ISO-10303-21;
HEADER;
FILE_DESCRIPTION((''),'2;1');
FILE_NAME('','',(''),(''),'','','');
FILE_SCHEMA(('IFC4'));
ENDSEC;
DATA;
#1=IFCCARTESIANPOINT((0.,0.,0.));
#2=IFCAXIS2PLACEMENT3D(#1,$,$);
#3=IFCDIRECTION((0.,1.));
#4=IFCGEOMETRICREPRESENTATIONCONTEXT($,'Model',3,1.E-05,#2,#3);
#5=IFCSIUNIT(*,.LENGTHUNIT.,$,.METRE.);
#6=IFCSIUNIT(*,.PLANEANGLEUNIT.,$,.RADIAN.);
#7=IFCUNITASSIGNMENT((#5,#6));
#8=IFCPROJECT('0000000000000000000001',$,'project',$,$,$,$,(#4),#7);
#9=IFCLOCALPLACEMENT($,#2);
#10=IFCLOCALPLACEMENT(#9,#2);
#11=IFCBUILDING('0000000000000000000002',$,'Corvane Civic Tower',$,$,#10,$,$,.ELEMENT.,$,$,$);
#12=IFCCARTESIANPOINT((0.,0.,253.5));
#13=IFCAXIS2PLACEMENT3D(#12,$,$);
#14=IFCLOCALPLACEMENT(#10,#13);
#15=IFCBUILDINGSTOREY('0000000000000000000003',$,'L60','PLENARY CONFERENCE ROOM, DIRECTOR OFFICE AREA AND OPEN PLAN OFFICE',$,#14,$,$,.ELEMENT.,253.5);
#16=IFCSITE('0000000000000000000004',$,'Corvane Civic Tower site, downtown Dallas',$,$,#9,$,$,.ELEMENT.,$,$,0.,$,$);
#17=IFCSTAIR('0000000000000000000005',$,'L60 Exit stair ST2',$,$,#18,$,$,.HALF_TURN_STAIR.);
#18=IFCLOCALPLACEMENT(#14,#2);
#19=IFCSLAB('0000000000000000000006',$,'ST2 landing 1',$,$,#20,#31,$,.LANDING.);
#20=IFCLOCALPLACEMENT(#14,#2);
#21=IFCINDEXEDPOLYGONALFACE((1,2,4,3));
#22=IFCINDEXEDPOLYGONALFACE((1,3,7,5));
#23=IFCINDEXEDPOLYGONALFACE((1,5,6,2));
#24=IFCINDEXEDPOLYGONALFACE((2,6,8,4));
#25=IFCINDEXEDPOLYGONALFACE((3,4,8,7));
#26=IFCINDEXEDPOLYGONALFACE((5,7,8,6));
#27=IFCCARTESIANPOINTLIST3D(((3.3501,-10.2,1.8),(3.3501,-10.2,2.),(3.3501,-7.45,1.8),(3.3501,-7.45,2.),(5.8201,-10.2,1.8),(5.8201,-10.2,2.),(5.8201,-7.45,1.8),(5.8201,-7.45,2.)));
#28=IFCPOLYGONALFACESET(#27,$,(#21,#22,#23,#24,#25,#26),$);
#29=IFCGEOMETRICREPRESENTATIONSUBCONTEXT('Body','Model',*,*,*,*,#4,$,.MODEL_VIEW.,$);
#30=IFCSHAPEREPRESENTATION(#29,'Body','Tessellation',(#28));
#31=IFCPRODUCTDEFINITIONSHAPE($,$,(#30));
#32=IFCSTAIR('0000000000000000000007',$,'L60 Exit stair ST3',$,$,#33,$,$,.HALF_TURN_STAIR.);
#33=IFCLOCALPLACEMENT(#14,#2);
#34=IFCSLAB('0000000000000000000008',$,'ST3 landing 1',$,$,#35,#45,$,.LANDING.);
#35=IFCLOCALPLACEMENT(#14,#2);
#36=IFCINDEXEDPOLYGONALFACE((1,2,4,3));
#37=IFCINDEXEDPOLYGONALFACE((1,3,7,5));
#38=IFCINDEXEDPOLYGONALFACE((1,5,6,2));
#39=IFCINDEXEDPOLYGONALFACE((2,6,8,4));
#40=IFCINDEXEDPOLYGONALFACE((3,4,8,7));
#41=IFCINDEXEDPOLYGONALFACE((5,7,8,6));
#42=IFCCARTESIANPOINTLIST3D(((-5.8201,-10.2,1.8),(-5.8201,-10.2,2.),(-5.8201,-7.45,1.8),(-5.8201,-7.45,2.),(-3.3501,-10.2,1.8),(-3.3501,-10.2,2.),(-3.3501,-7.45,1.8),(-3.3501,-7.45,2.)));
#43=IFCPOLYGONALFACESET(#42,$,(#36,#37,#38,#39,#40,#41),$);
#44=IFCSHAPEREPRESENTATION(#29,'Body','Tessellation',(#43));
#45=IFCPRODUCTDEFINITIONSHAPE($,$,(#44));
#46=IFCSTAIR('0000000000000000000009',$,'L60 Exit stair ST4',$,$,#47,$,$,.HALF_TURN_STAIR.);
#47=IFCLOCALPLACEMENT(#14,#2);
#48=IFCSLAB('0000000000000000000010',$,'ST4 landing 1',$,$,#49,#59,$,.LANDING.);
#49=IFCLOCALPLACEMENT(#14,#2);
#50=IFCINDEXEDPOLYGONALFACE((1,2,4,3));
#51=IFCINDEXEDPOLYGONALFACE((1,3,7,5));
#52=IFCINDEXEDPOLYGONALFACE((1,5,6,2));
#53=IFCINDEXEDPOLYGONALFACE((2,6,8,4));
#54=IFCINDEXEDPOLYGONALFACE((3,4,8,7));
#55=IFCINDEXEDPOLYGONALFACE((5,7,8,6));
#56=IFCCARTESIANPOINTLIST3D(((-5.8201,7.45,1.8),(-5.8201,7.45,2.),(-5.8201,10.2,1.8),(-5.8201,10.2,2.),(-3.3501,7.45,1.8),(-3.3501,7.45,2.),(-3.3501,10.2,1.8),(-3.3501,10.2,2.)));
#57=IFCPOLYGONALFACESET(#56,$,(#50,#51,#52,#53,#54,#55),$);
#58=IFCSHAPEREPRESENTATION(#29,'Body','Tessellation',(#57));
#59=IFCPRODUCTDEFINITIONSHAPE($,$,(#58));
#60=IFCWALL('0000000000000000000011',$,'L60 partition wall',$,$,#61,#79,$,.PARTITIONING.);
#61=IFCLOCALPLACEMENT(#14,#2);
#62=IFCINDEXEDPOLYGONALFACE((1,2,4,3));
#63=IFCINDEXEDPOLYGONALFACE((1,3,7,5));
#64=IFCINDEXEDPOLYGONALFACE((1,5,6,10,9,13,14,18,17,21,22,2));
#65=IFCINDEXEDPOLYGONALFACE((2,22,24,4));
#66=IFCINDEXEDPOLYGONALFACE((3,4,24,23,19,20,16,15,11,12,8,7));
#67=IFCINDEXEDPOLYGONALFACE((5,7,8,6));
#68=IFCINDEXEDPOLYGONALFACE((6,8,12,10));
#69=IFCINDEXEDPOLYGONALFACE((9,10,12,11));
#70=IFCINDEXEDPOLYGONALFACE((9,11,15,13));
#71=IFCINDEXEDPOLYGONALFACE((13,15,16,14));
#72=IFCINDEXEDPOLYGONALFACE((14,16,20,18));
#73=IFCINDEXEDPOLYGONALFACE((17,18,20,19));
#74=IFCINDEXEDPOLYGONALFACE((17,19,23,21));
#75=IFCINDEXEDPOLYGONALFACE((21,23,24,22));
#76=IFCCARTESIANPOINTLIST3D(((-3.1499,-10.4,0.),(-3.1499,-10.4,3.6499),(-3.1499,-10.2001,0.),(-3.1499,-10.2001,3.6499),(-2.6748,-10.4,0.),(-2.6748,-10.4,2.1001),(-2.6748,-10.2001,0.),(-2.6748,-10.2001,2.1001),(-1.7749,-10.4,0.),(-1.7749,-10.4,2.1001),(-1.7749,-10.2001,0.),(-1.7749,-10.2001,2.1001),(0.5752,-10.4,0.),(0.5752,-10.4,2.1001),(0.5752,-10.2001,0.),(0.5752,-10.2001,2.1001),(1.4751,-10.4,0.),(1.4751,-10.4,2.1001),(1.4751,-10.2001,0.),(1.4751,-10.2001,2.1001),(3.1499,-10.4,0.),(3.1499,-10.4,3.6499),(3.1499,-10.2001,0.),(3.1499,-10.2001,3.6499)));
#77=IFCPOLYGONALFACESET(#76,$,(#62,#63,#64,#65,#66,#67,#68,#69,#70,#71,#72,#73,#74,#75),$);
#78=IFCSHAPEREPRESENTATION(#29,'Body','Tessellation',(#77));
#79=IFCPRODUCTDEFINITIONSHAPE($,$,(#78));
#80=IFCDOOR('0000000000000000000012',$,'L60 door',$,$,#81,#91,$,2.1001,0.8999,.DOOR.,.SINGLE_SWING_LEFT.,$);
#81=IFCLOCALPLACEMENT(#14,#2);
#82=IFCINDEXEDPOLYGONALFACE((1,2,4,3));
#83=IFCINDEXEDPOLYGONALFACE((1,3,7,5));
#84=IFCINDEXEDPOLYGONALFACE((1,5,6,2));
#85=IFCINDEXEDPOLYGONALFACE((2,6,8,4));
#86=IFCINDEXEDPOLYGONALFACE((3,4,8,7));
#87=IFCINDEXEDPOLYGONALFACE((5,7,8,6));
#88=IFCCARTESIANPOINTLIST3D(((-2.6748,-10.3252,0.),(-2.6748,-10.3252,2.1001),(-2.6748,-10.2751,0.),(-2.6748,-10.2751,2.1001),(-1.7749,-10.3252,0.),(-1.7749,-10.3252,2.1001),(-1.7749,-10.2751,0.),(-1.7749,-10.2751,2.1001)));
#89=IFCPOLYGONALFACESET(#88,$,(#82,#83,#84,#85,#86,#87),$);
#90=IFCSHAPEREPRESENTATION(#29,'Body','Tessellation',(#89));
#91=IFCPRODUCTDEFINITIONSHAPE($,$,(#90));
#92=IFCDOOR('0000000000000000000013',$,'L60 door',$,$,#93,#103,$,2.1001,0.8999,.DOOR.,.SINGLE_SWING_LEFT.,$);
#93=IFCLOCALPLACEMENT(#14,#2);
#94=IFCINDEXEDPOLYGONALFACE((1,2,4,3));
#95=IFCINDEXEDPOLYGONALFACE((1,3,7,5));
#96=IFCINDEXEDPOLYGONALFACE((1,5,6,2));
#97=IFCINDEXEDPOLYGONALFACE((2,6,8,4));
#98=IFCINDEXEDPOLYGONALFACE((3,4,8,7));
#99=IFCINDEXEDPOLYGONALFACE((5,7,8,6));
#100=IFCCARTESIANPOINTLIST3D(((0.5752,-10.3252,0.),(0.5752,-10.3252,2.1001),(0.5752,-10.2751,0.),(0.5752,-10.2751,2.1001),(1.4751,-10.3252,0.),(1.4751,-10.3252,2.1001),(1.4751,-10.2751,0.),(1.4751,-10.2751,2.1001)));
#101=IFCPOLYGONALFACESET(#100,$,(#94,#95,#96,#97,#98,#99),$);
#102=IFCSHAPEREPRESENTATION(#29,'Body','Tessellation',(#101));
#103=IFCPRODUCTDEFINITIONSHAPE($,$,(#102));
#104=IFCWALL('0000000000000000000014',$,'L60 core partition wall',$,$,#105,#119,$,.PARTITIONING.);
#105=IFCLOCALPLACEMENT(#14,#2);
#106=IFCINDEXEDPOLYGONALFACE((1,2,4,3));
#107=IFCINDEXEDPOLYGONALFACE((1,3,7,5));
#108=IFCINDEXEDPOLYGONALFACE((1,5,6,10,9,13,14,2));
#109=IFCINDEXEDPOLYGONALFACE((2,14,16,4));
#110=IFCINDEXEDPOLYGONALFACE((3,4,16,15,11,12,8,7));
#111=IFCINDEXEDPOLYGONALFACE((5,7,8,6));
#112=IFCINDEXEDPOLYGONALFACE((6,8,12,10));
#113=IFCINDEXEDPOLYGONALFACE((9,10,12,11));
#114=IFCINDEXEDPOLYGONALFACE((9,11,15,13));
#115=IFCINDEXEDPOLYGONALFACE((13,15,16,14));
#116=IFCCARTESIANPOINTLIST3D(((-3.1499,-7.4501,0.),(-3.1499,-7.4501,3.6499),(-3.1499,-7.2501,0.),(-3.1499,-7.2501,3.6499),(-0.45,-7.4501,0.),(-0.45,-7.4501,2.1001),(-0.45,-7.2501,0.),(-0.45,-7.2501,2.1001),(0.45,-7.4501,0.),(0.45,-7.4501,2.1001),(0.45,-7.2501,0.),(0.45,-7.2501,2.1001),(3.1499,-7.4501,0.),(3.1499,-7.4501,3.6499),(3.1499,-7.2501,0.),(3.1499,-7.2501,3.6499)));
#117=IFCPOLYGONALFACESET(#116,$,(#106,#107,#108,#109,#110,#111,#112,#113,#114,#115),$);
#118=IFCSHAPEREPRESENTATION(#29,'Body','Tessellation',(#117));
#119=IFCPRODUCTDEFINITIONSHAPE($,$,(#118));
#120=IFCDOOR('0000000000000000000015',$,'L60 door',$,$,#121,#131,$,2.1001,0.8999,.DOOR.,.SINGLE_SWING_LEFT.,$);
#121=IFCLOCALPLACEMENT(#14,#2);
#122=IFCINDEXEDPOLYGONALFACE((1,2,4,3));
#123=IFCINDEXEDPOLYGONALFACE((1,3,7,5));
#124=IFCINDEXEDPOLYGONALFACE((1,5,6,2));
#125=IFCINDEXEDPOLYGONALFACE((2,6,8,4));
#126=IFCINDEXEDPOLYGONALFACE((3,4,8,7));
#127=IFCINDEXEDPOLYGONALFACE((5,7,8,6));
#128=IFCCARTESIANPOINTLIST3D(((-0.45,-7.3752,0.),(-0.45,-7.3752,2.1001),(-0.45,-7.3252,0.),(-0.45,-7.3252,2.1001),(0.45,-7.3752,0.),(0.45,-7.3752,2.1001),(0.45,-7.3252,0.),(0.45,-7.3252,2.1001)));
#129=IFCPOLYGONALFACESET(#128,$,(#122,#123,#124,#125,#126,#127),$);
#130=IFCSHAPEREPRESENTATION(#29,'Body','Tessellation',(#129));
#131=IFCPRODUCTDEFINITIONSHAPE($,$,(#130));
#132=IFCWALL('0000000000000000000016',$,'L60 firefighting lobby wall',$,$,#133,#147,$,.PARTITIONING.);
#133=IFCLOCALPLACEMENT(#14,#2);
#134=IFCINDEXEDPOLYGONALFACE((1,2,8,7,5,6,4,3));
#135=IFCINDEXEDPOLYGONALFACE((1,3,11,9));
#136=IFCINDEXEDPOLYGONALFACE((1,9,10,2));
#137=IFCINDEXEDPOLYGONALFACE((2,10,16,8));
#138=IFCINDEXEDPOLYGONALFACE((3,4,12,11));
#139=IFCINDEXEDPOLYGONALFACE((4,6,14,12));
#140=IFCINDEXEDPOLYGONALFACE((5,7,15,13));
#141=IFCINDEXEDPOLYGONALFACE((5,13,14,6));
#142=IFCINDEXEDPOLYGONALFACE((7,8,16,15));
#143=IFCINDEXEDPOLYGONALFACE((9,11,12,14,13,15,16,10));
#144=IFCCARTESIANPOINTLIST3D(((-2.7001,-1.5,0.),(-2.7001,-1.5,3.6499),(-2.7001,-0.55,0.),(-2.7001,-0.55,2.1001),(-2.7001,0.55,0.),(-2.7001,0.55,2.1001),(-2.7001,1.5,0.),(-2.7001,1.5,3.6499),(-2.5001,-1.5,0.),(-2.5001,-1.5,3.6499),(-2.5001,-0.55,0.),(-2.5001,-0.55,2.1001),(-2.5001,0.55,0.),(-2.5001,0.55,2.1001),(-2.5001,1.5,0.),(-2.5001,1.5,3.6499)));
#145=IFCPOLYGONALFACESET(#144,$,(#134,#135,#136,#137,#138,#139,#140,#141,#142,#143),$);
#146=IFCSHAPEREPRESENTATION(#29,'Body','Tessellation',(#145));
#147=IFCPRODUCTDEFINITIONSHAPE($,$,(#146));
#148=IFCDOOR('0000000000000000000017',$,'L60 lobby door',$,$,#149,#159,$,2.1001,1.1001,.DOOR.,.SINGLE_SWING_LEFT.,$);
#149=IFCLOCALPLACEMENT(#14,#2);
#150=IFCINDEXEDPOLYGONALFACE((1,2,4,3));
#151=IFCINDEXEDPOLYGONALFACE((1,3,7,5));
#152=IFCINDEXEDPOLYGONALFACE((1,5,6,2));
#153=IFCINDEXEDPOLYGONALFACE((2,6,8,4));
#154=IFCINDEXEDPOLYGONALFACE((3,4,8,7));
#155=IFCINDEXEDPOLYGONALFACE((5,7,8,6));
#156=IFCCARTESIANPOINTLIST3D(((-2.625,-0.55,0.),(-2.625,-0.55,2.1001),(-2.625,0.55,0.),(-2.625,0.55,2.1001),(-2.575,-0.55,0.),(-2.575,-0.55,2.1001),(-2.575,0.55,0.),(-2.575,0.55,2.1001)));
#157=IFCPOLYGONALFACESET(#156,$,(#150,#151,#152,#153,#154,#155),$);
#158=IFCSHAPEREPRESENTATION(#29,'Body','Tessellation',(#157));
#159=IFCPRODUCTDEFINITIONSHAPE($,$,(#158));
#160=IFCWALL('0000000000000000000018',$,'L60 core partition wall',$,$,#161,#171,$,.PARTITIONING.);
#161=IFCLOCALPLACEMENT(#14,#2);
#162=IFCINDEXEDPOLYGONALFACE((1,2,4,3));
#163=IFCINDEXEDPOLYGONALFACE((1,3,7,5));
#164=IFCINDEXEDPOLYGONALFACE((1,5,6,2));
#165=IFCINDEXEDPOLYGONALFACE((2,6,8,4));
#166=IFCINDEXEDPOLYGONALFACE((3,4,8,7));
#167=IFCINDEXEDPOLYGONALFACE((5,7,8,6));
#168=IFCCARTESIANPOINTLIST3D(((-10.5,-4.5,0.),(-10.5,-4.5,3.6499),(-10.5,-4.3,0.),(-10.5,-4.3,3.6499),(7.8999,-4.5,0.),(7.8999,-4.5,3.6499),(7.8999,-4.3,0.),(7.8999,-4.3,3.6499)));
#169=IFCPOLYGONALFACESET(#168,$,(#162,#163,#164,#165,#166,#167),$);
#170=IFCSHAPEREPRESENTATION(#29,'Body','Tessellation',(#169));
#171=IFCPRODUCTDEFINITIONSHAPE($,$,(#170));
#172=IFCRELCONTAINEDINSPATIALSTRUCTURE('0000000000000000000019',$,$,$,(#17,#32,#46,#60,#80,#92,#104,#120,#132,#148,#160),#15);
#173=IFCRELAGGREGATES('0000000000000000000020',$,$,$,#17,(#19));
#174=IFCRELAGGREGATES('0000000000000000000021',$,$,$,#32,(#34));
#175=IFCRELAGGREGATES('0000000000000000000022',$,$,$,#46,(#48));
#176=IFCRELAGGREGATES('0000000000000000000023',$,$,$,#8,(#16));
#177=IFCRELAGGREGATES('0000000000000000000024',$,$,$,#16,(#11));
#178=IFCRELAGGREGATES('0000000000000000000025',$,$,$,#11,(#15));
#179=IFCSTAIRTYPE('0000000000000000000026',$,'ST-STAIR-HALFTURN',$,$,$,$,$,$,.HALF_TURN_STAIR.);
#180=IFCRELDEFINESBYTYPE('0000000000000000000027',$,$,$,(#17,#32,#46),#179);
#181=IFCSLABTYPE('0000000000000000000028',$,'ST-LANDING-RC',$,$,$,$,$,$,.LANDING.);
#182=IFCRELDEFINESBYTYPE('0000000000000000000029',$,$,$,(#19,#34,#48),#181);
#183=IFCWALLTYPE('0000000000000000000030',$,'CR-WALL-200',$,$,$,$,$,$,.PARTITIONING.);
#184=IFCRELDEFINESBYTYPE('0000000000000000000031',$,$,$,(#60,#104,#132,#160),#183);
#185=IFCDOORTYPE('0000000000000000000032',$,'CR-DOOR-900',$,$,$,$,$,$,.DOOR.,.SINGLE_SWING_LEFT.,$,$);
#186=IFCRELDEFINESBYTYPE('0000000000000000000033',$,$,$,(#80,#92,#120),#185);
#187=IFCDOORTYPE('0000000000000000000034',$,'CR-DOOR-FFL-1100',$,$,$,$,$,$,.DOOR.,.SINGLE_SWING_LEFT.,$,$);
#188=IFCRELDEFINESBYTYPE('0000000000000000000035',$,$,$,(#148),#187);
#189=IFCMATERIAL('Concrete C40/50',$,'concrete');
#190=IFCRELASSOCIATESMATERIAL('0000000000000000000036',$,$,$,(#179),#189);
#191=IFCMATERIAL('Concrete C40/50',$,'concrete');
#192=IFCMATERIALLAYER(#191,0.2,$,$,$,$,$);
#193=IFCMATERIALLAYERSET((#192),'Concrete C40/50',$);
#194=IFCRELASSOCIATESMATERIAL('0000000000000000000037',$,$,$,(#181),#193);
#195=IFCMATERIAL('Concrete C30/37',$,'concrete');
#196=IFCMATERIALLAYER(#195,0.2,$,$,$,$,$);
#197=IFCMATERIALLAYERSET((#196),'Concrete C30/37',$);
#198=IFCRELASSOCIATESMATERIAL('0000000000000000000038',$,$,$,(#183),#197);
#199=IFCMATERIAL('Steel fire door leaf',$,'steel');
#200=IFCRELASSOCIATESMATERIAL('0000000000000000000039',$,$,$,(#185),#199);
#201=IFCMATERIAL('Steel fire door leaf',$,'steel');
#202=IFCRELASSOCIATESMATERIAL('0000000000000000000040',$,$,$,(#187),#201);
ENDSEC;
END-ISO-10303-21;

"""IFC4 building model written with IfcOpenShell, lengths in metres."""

from ifc_helpers import new_model, si_unit, direction, frame, frame_2d, origin, place, context, subcontext, project, spatial, polyline, rectangle, outline, extrude, material, layer, layer_set, type_object, element, fill, aggregate, save


model = new_model("IFC4")

# Units and contexts
model_context = context("Model", 3, precision=1e-05, world=origin(), true_north=direction((0.0, 1.0)))
body_context = subcontext(model_context, "Body", "Model", "MODEL_VIEW")
ifc_project = project(units=[si_unit("LENGTHUNIT", "METRE"), si_unit("PLANEANGLEUNIT", "RADIAN")], contexts=[model_context])

# Site, building, storey
site_placement = place(None, origin())
site = spatial("IfcSite", under=ifc_project, at=site_placement, Name="Corvane Civic Tower site, downtown Dallas", CompositionType="ELEMENT", RefElevation=0.0)
building_placement = place(site_placement, origin())
building = spatial("IfcBuilding", under=site, at=building_placement, Name="Corvane Civic Tower", CompositionType="ELEMENT")
storey_placement = place(building_placement, frame((0.0, 0.0, 253.5)))
storey = spatial("IfcBuildingStorey", under=building, at=storey_placement, Name="L60", Description="PLENARY CONFERENCE ROOM, DIRECTOR OFFICE AREA AND OPEN PLAN OFFICE", CompositionType="ELEMENT", Elevation=253.5)

# Stairs, slabs
ifc_material_1 = material(Name="Concrete C40/50", Category="concrete")
stair_type = type_object("IfcStairType", Name="ST-STAIR-HALFTURN", PredefinedType="HALF_TURN_STAIR", material=ifc_material_1)
ifc_material_2 = material(Name="Concrete C40/50", Category="concrete")
ifc_layer_1 = layer(ifc_material_2, 0.2)
ifc_layer_set_1 = layer_set([ifc_layer_1], Name="Concrete C40/50")
slab_type_1 = type_object("IfcSlabType", Name="ST-LANDING-RC", PredefinedType="LANDING", material=ifc_layer_set_1)
stair_1_placement = place(storey_placement, origin())
stair_1 = element("IfcStair", 1, at=stair_1_placement, inside=storey, type_object=stair_type, Name="L60 Exit stair ST2", PredefinedType="HALF_TURN_STAIR")
slab_1_placement = place(storey_placement, frame((0.0, 0.0, 1.8)))
slab_1 = element("IfcSlab", 2, at=slab_1_placement, type_object=slab_type_1, Name="ST2 landing 1", PredefinedType="LANDING", context=body_context, shape_type="SweptSolid", body=[
    extrude(outline(polyline([(5.8201, -7.45), (3.3501, -7.45), (3.3501, -10.2), (5.8201, -10.2), (5.8201, -7.45)])), origin(), (0.0, 0.0, 1.0), 0.2),
])
aggregate(stair_1, [slab_1])
stair_2_placement = place(storey_placement, origin())
stair_2 = element("IfcStair", 3, at=stair_2_placement, inside=storey, type_object=stair_type, Name="L60 Exit stair ST3", PredefinedType="HALF_TURN_STAIR")
slab_2_placement = place(storey_placement, frame((0.0, 0.0, 1.8)))
slab_2 = element("IfcSlab", 4, at=slab_2_placement, type_object=slab_type_1, Name="ST3 landing 1", PredefinedType="LANDING", context=body_context, shape_type="SweptSolid", body=[
    extrude(outline(polyline([(-5.8201, -10.2), (-3.3501, -10.2), (-3.3501, -7.45), (-5.8201, -7.45), (-5.8201, -10.2)])), origin(), (0.0, 0.0, 1.0), 0.2),
])
aggregate(stair_2, [slab_2])
stair_3_placement = place(storey_placement, origin())
stair_3 = element("IfcStair", 5, at=stair_3_placement, inside=storey, type_object=stair_type, Name="L60 Exit stair ST4", PredefinedType="HALF_TURN_STAIR")
slab_3_placement = place(storey_placement, frame((0.0, 0.0, 1.8)))
slab_3 = element("IfcSlab", 6, at=slab_3_placement, type_object=slab_type_1, Name="ST4 landing 1", PredefinedType="LANDING", context=body_context, shape_type="SweptSolid", body=[
    extrude(outline(polyline([(-5.8201, 7.45), (-3.3501, 7.45), (-3.3501, 10.2), (-5.8201, 10.2), (-5.8201, 7.45)])), origin(), (0.0, 0.0, 1.0), 0.2),
])
aggregate(stair_3, [slab_3])

# Wall, openings, doors
ifc_material_3 = material(Name="Concrete C30/37", Category="concrete")
ifc_layer_2 = layer(ifc_material_3, 0.2)
ifc_layer_set_2 = layer_set([ifc_layer_2], Name="Concrete C30/37")
wall_type = type_object("IfcWallType", Name="CR-WALL-200", PredefinedType="PARTITIONING", material=ifc_layer_set_2)
wall_1_placement = place(storey_placement, frame((-3.1499, -10.3, 0.0), z_axis=(0.0, 0.0, 1.0), x_axis=(1.0, 0.0, 0.0)))
wall_1 = element("IfcWall", 7, at=wall_1_placement, inside=storey, type_object=wall_type, Name="L60 partition wall", PredefinedType="PARTITIONING", context=body_context, shape_type="SweptSolid", body=[
    extrude(rectangle(XDim=6.2998, YDim=0.2, at=frame_2d((3.1499, 0.0))), origin(), (0.0, 0.0, 1.0), 3.6499),
])
opening_1_placement = place(wall_1_placement, frame((0.4751, 0.0, 0.0)))
opening_1 = element("IfcOpeningElement", 8, at=opening_1_placement, cuts=wall_1, PredefinedType="OPENING", context=body_context, shape_type="SweptSolid", body=[
    extrude(rectangle(XDim=0.8999, YDim=2.1001, at=frame_2d((0.45, 1.05))), frame((0.0, 0.1099, 0.0), z_axis=(0.0, -1.0, 0.0), x_axis=(1.0, 0.0, 0.0)), (0.0, 0.0, 1.0), 0.22),
])
opening_2_placement = place(wall_1_placement, frame((3.7251, 0.0, 0.0)))
opening_2 = element("IfcOpeningElement", 9, at=opening_2_placement, cuts=wall_1, PredefinedType="OPENING", context=body_context, shape_type="SweptSolid", body=[
    extrude(rectangle(XDim=0.8999, YDim=2.1001, at=frame_2d((0.45, 1.05))), frame((0.0, 0.1099, 0.0), z_axis=(0.0, -1.0, 0.0), x_axis=(1.0, 0.0, 0.0)), (0.0, 0.0, 1.0), 0.22),
])
ifc_material_4 = material(Name="Steel fire door leaf", Category="steel")
door_type_1 = type_object("IfcDoorType", Name="CR-DOOR-900", OperationType="SINGLE_SWING_LEFT", PredefinedType="DOOR", material=ifc_material_4)
door_1_placement = place(opening_1_placement, origin())
door_1 = element("IfcDoor", 10, at=door_1_placement, inside=storey, type_object=door_type_1, Name="L60 door", OperationType="SINGLE_SWING_LEFT", OverallHeight=2.1001, OverallWidth=0.8999, PredefinedType="DOOR", context=body_context, shape_type="SweptSolid", body=[
    extrude(rectangle(XDim=0.8999, YDim=2.1001, at=frame_2d((0.45, 1.05))), frame((0.0, 0.0249, 0.0), z_axis=(0.0, -1.0, 0.0), x_axis=(1.0, 0.0, 0.0)), (0.0, 0.0, 1.0), 0.05),
])
fill(opening_1, door_1)
door_2_placement = place(opening_2_placement, origin())
door_2 = element("IfcDoor", 11, at=door_2_placement, inside=storey, type_object=door_type_1, Name="L60 door", OperationType="SINGLE_SWING_LEFT", OverallHeight=2.1001, OverallWidth=0.8999, PredefinedType="DOOR", context=body_context, shape_type="SweptSolid", body=[
    extrude(rectangle(XDim=0.8999, YDim=2.1001, at=frame_2d((0.45, 1.05))), frame((0.0, 0.0249, 0.0), z_axis=(0.0, -1.0, 0.0), x_axis=(1.0, 0.0, 0.0)), (0.0, 0.0, 1.0), 0.05),
])
fill(opening_2, door_2)

# Walls, openings, doors
wall_2_placement = place(storey_placement, frame((-3.1499, -7.3501, 0.0), z_axis=(0.0, 0.0, 1.0), x_axis=(1.0, 0.0, 0.0)))
wall_2 = element("IfcWall", 12, at=wall_2_placement, inside=storey, type_object=wall_type, Name="L60 core partition wall", PredefinedType="PARTITIONING", context=body_context, shape_type="SweptSolid", body=[
    extrude(rectangle(XDim=6.2998, YDim=0.2, at=frame_2d((3.1499, 0.0))), origin(), (0.0, 0.0, 1.0), 3.6499),
])
opening_3_placement = place(wall_2_placement, frame((2.7, 0.0, 0.0)))
opening_3 = element("IfcOpeningElement", 13, at=opening_3_placement, cuts=wall_2, PredefinedType="OPENING", context=body_context, shape_type="SweptSolid", body=[
    extrude(rectangle(XDim=0.8999, YDim=2.1001, at=frame_2d((0.45, 1.05))), frame((0.0, 0.1099, 0.0), z_axis=(0.0, -1.0, 0.0), x_axis=(1.0, 0.0, 0.0)), (0.0, 0.0, 1.0), 0.22),
])
door_3_placement = place(opening_3_placement, origin())
door_3 = element("IfcDoor", 14, at=door_3_placement, inside=storey, type_object=door_type_1, Name="L60 door", OperationType="SINGLE_SWING_LEFT", OverallHeight=2.1001, OverallWidth=0.8999, PredefinedType="DOOR", context=body_context, shape_type="SweptSolid", body=[
    extrude(rectangle(XDim=0.8999, YDim=2.1001, at=frame_2d((0.45, 1.05))), frame((0.0, 0.0249, 0.0), z_axis=(0.0, -1.0, 0.0), x_axis=(1.0, 0.0, 0.0)), (0.0, 0.0, 1.0), 0.05),
])
fill(opening_3, door_3)
wall_3_placement = place(storey_placement, frame((-2.6001, -1.5, 0.0), z_axis=(0.0, 0.0, 1.0), x_axis=(0.0, 1.0, 0.0)))
wall_3 = element("IfcWall", 15, at=wall_3_placement, inside=storey, type_object=wall_type, Name="L60 firefighting lobby wall", PredefinedType="PARTITIONING", context=body_context, shape_type="SweptSolid", body=[
    extrude(rectangle(XDim=3.0, YDim=0.2, at=frame_2d((1.5, 0.0))), origin(), (0.0, 0.0, 1.0), 3.6499),
])
opening_4_placement = place(wall_3_placement, frame((0.95, 0.0, 0.0)))
opening_4 = element("IfcOpeningElement", 16, at=opening_4_placement, cuts=wall_3, PredefinedType="OPENING", context=body_context, shape_type="SweptSolid", body=[
    extrude(rectangle(XDim=1.1001, YDim=2.1001, at=frame_2d((0.55, 1.05))), frame((0.0, 0.1099, 0.0), z_axis=(0.0, -1.0, 0.0), x_axis=(1.0, 0.0, 0.0)), (0.0, 0.0, 1.0), 0.22),
])
ifc_material_5 = material(Name="Steel fire door leaf", Category="steel")
door_type_2 = type_object("IfcDoorType", Name="CR-DOOR-FFL-1100", OperationType="SINGLE_SWING_LEFT", PredefinedType="DOOR", material=ifc_material_5)
door_4_placement = place(opening_4_placement, origin())
door_4 = element("IfcDoor", 17, at=door_4_placement, inside=storey, type_object=door_type_2, Name="L60 lobby door", OperationType="SINGLE_SWING_LEFT", OverallHeight=2.1001, OverallWidth=1.1001, PredefinedType="DOOR", context=body_context, shape_type="SweptSolid", body=[
    extrude(rectangle(XDim=1.1001, YDim=2.1001, at=frame_2d((0.55, 1.05))), frame((0.0, 0.0249, 0.0), z_axis=(0.0, -1.0, 0.0), x_axis=(1.0, 0.0, 0.0)), (0.0, 0.0, 1.0), 0.05),
])
fill(opening_4, door_4)

# Wall
wall_4_placement = place(storey_placement, origin())
element("IfcWall", 18, at=wall_4_placement, inside=storey, type_object=wall_type, Name="L60 core partition wall", PredefinedType="PARTITIONING", context=body_context, shape_type="SweptSolid", body=[
    extrude(outline(polyline([(7.8999, -4.3), (7.8999, -4.5), (-10.5, -4.5), (-10.5, -4.3), (7.8999, -4.3)])), origin(), (0.0, 0.0, 1.0), 3.6499),
])

save(model, "model.ifc")
